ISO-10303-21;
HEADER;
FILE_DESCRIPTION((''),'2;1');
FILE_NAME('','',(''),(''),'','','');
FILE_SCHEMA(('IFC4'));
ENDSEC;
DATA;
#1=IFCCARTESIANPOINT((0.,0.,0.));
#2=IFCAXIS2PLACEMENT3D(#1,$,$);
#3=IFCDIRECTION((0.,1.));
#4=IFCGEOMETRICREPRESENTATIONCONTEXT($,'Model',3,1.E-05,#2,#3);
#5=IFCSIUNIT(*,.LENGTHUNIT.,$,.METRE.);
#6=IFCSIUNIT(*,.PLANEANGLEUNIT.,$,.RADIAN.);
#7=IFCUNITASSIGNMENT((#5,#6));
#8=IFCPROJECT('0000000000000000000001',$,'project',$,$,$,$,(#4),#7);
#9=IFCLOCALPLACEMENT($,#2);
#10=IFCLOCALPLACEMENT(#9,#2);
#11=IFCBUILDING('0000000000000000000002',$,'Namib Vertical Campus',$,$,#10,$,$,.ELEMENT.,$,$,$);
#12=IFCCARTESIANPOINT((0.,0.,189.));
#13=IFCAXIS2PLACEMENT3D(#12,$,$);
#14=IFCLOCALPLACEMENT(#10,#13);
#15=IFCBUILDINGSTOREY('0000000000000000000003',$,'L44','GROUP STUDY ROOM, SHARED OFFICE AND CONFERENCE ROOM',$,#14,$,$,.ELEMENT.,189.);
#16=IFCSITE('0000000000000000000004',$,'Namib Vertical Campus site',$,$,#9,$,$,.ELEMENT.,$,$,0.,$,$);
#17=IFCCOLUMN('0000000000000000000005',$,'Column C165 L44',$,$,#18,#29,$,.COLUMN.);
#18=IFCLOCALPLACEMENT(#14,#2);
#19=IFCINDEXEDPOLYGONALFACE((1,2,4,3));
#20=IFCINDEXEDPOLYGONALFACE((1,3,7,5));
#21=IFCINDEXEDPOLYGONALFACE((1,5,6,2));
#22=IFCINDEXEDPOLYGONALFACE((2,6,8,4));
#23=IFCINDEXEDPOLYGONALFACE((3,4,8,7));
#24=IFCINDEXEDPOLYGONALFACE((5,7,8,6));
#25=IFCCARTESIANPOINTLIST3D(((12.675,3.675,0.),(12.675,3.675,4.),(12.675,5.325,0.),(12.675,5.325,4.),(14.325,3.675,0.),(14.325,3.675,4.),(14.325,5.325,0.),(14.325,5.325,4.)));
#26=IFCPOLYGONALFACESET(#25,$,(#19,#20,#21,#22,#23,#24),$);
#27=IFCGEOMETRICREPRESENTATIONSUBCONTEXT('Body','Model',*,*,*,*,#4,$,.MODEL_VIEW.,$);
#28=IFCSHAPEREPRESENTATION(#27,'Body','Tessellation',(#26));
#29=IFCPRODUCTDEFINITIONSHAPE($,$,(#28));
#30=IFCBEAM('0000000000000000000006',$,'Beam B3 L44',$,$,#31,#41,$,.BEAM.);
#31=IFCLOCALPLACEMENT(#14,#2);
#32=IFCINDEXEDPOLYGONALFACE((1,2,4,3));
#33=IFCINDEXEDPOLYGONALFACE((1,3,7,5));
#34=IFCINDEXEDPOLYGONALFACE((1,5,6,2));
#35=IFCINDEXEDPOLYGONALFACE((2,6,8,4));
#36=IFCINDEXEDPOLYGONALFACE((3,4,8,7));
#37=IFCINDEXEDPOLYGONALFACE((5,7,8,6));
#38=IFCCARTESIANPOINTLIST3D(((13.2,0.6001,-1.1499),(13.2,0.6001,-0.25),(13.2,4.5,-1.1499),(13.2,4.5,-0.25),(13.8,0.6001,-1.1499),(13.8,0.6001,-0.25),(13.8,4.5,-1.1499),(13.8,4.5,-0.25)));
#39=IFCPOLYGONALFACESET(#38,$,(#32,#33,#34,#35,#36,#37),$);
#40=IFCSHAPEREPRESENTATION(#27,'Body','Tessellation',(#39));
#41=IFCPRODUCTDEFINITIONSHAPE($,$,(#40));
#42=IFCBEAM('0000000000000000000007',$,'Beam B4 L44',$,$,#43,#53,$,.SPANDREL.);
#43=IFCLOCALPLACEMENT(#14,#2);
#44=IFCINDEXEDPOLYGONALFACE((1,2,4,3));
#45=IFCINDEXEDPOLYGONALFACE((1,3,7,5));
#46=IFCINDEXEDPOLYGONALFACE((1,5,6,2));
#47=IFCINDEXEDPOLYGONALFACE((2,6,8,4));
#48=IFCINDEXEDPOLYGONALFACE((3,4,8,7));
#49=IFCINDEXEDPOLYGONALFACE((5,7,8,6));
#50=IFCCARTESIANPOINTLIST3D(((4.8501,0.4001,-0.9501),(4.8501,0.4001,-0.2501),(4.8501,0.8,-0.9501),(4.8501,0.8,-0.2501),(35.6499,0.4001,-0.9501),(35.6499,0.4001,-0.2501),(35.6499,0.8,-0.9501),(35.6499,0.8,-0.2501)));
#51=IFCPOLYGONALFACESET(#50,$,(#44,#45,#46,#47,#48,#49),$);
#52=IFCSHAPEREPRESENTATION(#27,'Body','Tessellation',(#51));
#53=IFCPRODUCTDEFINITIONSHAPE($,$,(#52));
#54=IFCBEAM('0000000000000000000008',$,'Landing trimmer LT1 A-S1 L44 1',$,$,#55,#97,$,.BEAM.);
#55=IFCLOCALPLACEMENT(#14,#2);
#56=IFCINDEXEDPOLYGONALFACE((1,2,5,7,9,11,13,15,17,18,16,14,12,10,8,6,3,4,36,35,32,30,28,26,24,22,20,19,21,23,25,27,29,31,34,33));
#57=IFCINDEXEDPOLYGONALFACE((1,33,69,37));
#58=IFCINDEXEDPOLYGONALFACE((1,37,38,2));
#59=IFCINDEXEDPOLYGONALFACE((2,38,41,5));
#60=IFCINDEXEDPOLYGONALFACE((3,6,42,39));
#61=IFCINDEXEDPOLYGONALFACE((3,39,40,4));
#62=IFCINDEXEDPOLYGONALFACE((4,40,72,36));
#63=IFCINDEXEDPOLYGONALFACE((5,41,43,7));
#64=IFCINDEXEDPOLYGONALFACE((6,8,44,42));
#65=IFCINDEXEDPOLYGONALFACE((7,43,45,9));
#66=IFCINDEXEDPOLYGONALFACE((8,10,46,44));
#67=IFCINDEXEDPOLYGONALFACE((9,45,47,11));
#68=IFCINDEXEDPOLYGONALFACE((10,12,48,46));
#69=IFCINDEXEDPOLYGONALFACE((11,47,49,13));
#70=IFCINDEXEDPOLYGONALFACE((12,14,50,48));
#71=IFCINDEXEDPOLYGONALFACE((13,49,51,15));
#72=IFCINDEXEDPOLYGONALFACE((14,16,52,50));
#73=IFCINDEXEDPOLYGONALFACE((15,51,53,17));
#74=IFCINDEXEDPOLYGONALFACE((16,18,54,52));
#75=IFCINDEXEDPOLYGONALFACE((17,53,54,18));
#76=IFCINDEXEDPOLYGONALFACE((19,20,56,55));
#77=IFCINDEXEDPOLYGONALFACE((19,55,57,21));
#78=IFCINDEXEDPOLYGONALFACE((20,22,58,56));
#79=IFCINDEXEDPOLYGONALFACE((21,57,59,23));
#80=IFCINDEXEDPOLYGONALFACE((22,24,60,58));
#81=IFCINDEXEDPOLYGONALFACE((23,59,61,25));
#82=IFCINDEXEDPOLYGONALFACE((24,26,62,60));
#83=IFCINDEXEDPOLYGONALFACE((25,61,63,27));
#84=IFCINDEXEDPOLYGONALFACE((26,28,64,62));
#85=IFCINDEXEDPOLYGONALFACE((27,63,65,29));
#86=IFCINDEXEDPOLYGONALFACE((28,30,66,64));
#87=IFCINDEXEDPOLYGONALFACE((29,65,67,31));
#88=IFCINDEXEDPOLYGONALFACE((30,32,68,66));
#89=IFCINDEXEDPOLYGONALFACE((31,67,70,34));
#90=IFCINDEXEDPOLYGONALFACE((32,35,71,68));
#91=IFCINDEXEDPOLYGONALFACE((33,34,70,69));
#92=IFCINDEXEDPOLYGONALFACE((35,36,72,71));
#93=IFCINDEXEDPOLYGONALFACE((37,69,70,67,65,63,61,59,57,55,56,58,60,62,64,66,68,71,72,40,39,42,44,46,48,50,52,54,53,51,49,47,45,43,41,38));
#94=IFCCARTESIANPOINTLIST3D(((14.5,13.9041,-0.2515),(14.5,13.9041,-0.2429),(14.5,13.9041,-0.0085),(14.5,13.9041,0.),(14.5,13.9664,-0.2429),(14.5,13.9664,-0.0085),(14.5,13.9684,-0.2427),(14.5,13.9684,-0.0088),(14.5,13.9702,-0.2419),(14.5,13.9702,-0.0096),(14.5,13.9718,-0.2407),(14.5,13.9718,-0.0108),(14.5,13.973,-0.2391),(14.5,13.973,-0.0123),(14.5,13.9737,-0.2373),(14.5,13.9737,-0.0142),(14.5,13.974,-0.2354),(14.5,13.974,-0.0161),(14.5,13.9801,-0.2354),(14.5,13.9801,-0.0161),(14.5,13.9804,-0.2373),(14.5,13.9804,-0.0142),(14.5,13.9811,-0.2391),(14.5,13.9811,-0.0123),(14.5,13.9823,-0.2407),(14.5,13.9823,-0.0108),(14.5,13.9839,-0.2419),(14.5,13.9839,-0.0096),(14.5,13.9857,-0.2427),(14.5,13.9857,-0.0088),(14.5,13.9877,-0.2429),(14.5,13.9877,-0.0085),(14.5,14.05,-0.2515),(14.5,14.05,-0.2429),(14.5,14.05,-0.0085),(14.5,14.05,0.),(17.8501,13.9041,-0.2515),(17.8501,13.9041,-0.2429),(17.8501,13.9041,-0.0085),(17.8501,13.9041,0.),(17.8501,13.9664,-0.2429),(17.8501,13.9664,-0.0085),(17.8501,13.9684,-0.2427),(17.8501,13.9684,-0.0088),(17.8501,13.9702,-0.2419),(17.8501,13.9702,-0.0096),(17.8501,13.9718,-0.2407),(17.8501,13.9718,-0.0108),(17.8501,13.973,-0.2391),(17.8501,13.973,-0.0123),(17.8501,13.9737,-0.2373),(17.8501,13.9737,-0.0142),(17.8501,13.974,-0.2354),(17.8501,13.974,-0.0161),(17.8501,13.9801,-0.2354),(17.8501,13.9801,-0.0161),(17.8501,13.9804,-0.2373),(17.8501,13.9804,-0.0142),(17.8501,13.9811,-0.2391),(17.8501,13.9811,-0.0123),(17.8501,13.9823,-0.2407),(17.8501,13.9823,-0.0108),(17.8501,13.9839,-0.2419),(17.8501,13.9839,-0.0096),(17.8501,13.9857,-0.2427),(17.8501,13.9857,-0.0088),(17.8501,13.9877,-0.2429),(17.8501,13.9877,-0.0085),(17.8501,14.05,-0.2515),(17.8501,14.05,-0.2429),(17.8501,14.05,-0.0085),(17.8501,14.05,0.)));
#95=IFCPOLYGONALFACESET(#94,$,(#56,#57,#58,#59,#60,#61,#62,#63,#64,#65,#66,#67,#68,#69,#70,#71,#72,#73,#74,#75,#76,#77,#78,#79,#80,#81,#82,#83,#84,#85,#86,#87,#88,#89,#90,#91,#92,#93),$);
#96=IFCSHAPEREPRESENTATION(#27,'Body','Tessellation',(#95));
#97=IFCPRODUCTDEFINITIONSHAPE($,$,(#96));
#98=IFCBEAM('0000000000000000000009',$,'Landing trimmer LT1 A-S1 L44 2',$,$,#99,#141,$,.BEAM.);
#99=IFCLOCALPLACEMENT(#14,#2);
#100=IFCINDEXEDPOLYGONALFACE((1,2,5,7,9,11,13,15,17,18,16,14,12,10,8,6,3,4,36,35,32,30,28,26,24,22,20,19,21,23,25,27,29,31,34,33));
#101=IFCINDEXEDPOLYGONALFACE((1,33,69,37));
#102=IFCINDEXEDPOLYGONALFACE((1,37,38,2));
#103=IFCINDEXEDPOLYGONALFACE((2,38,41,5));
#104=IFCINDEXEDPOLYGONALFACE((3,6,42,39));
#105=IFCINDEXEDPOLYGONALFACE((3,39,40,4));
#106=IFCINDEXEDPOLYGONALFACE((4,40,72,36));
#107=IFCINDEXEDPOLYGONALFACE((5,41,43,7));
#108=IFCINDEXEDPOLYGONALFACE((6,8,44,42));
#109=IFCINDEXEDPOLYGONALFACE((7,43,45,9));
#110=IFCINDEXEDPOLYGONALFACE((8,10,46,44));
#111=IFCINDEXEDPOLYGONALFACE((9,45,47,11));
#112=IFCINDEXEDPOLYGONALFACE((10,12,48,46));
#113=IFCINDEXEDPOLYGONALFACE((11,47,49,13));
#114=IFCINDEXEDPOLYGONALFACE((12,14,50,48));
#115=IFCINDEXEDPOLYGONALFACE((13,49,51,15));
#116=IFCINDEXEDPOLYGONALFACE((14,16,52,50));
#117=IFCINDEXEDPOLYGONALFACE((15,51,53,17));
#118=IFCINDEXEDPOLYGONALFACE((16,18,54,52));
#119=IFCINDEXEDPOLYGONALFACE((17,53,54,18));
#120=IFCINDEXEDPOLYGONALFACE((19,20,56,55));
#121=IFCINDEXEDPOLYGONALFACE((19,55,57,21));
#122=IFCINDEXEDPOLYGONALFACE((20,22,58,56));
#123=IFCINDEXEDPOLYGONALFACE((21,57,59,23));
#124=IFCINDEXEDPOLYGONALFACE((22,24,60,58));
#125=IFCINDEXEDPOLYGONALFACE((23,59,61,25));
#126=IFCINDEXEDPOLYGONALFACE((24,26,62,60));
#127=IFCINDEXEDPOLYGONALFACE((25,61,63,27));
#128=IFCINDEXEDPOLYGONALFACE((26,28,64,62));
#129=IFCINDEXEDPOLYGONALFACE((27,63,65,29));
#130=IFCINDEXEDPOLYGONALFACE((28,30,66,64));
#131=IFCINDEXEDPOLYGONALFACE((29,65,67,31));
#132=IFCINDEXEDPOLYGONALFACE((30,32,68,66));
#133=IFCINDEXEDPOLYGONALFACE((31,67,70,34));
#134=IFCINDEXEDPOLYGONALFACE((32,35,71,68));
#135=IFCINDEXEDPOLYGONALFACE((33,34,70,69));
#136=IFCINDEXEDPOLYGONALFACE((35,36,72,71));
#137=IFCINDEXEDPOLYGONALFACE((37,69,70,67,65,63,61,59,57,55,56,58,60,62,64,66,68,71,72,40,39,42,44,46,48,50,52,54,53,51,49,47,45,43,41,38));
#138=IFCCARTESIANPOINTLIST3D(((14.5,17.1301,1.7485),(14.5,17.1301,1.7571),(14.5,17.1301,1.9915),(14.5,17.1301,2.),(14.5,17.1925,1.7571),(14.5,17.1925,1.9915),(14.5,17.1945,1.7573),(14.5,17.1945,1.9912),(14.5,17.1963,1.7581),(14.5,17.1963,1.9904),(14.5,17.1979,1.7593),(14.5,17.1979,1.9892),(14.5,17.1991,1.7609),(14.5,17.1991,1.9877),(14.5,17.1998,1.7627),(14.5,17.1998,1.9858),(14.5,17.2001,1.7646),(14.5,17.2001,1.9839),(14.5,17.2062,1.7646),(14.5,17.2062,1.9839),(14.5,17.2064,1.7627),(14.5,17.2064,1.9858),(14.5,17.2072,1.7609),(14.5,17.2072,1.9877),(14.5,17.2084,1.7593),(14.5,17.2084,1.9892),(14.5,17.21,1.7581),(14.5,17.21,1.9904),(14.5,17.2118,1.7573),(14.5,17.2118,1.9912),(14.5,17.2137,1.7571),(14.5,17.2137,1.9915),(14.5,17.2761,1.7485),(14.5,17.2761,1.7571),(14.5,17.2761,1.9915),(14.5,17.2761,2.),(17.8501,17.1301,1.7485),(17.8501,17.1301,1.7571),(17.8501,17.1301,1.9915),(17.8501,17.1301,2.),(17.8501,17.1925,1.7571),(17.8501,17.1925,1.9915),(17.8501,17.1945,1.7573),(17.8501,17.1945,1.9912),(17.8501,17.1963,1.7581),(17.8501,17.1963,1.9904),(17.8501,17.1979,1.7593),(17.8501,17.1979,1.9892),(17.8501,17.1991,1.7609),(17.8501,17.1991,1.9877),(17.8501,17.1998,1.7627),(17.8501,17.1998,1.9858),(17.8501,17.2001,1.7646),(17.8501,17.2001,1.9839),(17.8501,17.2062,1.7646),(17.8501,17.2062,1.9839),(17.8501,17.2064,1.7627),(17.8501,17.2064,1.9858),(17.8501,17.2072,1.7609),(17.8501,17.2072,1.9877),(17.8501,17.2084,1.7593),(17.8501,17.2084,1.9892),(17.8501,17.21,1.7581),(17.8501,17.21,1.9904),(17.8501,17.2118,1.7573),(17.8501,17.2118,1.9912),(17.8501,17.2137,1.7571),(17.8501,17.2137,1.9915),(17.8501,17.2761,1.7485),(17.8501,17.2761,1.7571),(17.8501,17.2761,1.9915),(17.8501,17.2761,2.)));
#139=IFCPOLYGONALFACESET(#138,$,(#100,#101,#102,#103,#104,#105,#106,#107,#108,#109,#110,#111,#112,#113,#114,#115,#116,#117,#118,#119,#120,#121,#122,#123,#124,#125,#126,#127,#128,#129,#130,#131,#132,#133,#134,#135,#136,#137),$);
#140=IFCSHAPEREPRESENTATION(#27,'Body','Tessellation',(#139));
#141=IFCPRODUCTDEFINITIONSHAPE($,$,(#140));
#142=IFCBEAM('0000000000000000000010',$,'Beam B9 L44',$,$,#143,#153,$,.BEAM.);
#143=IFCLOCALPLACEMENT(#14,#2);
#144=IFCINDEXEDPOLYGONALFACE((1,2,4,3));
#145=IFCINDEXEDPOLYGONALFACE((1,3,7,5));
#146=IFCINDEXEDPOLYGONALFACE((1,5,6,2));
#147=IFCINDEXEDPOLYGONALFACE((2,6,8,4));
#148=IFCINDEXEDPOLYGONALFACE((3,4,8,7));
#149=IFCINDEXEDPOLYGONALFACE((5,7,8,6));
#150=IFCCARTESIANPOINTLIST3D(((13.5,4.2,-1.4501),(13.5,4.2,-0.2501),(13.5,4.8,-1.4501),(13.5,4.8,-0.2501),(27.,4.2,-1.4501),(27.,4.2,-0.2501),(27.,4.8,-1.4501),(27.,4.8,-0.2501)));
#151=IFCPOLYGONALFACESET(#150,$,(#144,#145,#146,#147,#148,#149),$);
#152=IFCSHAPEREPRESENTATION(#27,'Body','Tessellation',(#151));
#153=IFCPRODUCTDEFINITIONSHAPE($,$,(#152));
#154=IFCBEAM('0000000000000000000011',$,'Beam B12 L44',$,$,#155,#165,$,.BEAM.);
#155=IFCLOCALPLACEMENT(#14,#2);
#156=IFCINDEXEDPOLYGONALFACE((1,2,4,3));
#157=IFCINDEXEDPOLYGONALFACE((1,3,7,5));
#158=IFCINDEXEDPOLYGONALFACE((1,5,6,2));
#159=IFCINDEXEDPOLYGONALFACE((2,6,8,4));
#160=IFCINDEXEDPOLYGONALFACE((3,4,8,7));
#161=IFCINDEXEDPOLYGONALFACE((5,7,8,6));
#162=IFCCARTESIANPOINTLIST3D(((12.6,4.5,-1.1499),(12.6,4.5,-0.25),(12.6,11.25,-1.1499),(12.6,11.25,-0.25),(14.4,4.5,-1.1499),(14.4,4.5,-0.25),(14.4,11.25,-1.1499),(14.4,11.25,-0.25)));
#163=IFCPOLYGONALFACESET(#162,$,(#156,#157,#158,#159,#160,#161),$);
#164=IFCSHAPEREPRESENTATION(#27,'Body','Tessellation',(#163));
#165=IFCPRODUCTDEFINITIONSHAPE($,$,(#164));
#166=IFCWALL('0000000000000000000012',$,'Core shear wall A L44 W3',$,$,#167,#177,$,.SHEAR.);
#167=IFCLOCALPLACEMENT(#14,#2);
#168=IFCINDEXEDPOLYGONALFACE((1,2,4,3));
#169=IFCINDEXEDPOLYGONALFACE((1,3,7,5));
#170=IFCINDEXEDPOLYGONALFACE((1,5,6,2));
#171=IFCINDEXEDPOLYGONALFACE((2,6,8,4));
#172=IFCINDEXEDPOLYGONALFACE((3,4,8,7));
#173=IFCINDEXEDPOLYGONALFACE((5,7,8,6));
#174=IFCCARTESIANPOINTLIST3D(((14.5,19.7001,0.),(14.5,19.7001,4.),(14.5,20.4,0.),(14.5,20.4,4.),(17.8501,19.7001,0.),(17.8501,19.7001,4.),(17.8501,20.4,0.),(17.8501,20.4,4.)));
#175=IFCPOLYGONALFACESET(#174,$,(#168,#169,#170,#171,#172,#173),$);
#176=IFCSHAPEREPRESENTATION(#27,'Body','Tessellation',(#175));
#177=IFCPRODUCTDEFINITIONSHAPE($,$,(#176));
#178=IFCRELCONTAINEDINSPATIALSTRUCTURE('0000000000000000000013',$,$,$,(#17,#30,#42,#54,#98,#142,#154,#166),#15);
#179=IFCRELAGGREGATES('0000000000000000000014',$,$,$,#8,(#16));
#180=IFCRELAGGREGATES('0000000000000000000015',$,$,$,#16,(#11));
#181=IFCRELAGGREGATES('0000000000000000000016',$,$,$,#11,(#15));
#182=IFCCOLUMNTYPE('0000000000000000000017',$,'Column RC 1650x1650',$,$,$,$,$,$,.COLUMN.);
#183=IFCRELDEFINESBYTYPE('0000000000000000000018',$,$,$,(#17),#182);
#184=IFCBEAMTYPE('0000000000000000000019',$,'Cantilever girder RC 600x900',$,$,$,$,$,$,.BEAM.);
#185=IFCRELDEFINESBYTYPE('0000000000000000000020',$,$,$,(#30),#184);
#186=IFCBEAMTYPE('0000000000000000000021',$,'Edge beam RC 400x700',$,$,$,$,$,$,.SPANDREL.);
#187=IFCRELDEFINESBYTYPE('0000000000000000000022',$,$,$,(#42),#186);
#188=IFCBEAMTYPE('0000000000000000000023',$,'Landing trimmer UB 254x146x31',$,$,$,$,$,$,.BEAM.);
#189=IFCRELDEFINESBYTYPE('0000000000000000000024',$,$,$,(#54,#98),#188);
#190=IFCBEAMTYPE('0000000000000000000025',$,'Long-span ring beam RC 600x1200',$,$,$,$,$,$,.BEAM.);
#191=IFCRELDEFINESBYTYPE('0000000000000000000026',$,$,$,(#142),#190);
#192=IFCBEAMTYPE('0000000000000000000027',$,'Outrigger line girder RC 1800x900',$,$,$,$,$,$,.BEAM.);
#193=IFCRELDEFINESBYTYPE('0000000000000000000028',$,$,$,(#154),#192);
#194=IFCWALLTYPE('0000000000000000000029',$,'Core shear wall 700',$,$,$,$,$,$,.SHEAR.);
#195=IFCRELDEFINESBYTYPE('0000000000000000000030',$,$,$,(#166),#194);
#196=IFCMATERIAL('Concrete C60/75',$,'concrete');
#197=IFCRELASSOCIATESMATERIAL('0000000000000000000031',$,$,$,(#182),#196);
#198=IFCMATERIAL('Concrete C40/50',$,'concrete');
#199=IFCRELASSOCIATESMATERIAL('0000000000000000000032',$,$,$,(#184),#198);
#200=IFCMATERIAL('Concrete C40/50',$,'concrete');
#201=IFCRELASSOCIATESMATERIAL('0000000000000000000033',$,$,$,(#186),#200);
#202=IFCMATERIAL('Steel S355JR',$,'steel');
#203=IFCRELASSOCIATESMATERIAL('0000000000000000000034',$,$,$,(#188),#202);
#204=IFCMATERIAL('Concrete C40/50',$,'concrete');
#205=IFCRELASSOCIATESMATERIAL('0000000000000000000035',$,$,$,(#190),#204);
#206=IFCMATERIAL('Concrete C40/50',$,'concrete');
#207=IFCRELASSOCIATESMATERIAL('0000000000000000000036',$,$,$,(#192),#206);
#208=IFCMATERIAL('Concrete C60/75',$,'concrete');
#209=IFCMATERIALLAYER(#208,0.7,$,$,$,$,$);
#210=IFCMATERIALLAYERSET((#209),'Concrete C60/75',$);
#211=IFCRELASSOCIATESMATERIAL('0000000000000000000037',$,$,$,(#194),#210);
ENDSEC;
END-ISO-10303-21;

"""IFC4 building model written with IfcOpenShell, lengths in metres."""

from ifc_helpers import new_model, si_unit, direction, frame, frame_2d, origin, origin_2d, place, context, subcontext, project, spatial, rectangle, i_section, extrude, material, layer, layer_set, material_profile, profile_set, type_object, element, save


model = new_model("IFC4")

# Units and contexts
model_context = context("Model", 3, precision=1e-05, world=origin(), true_north=direction((0.0, 1.0)))
body_context = subcontext(model_context, "Body", "Model", "MODEL_VIEW")
ifc_project = project(units=[si_unit("LENGTHUNIT", "METRE"), si_unit("PLANEANGLEUNIT", "RADIAN")], contexts=[model_context])

# Site, building, storey
site_placement = place(None, origin())
site = spatial("IfcSite", under=ifc_project, at=site_placement, Name="Namib Vertical Campus site", CompositionType="ELEMENT", RefElevation=0.0)
building_placement = place(site_placement, origin())
building = spatial("IfcBuilding", under=site, at=building_placement, Name="Namib Vertical Campus", CompositionType="ELEMENT")
storey_placement = place(building_placement, frame((0.0, 0.0, 189.0)))
storey = spatial("IfcBuildingStorey", under=building, at=storey_placement, Name="L44", Description="GROUP STUDY ROOM, SHARED OFFICE AND CONFERENCE ROOM", CompositionType="ELEMENT", Elevation=189.0)

# Column
ifc_material_1 = material(Name="Concrete C60/75", Category="concrete")
ifc_material_profile_1 = material_profile(ifc_material_1, rectangle(XDim=1.6499, YDim=1.6499, at=origin_2d()))
ifc_profile_set_1 = profile_set([ifc_material_profile_1], Name="Concrete C60/75")
column_type = type_object("IfcColumnType", Name="Column RC 1650x1650", PredefinedType="COLUMN", material=ifc_profile_set_1)
column_placement = place(storey_placement, frame((13.5, 4.5, 0.0), z_axis=(0.0, 0.0, 1.0), x_axis=(1.0, 0.0, 0.0)))
element("IfcColumn", 1, at=column_placement, inside=storey, type_object=column_type, Name="Column C165 L44", PredefinedType="COLUMN", context=body_context, shape_type="SweptSolid", body=[
    extrude(rectangle(XDim=1.6499, YDim=1.6499, at=origin_2d()), origin(), (0.0, 0.0, 1.0), 4.0),
])

# Beams
ifc_material_2 = material(Name="Concrete C40/50", Category="concrete")
ifc_material_profile_2 = material_profile(ifc_material_2, rectangle(XDim=0.6001, YDim=0.8999, at=origin_2d()))
ifc_profile_set_2 = profile_set([ifc_material_profile_2], Name="Concrete C40/50")
beam_type_1 = type_object("IfcBeamType", Name="Cantilever girder RC 600x900", PredefinedType="BEAM", material=ifc_profile_set_2)
beam_1_placement = place(storey_placement, frame((13.5, 4.5, -0.7), z_axis=(0.0, -1.0, 0.0), x_axis=(1.0, 0.0, 0.0)))
element("IfcBeam", 2, at=beam_1_placement, inside=storey, type_object=beam_type_1, Name="Beam B3 L44", PredefinedType="BEAM", context=body_context, shape_type="SweptSolid", body=[
    extrude(rectangle(XDim=0.6001, YDim=0.8999, at=origin_2d()), origin(), (0.0, 0.0, 1.0), 3.8999),
])
ifc_material_3 = material(Name="Concrete C40/50", Category="concrete")
ifc_material_profile_3 = material_profile(ifc_material_3, rectangle(XDim=0.3999, YDim=0.7, at=origin_2d()))
ifc_profile_set_3 = profile_set([ifc_material_profile_3], Name="Concrete C40/50")
beam_type_2 = type_object("IfcBeamType", Name="Edge beam RC 400x700", PredefinedType="SPANDREL", material=ifc_profile_set_3)
beam_2_placement = place(storey_placement, frame((4.8501, 0.6001, -0.6001), z_axis=(1.0, 0.0, 0.0), x_axis=(0.0, 1.0, 0.0)))
element("IfcBeam", 3, at=beam_2_placement, inside=storey, type_object=beam_type_2, Name="Beam B4 L44", PredefinedType="SPANDREL", context=body_context, shape_type="SweptSolid", body=[
    extrude(rectangle(XDim=0.3999, YDim=0.7, at=origin_2d()), origin(), (0.0, 0.0, 1.0), 30.7998),
])
ifc_material_4 = material(Name="Steel S355JR", Category="steel")
ifc_material_profile_4 = material_profile(ifc_material_4, i_section(OverallWidth=0.146, OverallDepth=0.2515, WebThickness=0.0061, FlangeThickness=0.0085, FilletRadius=0.0076, at=origin_2d()))
ifc_profile_set_4 = profile_set([ifc_material_profile_4], Name="Steel S355JR")
beam_type_3 = type_object("IfcBeamType", Name="Landing trimmer UB 254x146x31", PredefinedType="BEAM", material=ifc_profile_set_4)
for number, where, z_axis, x_axis, name in (
    (4, (14.5, 13.9771, -0.1257), (1.0, 0.0, 0.0), (0.0, 1.0, 0.0), "Landing trimmer LT1 A-S1 L44 1"),
    (5, (14.5, 17.2031, 1.8743), (1.0, 0.0, 0.0), (0.0, 1.0, 0.0), "Landing trimmer LT1 A-S1 L44 2"),
):
    element("IfcBeam", number, at=place(storey_placement, frame(where, z_axis=z_axis, x_axis=x_axis)), inside=storey, type_object=beam_type_3, Name=name, PredefinedType="BEAM", context=body_context, shape_type="SweptSolid", body=[
        extrude(i_section(OverallWidth=0.146, OverallDepth=0.2515, WebThickness=0.0061, FlangeThickness=0.0085, FilletRadius=0.0076, at=origin_2d()), origin(), (0.0, 0.0, 1.0), 3.3501),
    ])
ifc_material_5 = material(Name="Concrete C40/50", Category="concrete")
ifc_material_profile_5 = material_profile(ifc_material_5, rectangle(XDim=0.6001, YDim=1.2, at=origin_2d()))
ifc_profile_set_5 = profile_set([ifc_material_profile_5], Name="Concrete C40/50")
beam_type_4 = type_object("IfcBeamType", Name="Long-span ring beam RC 600x1200", PredefinedType="BEAM", material=ifc_profile_set_5)
beam_3_placement = place(storey_placement, frame((13.5, 4.5, -0.8501), z_axis=(1.0, 0.0, 0.0), x_axis=(0.0, 1.0, 0.0)))
element("IfcBeam", 6, at=beam_3_placement, inside=storey, type_object=beam_type_4, Name="Beam B9 L44", PredefinedType="BEAM", context=body_context, shape_type="SweptSolid", body=[
    extrude(rectangle(XDim=0.6001, YDim=1.2, at=origin_2d()), origin(), (0.0, 0.0, 1.0), 13.5),
])
ifc_material_6 = material(Name="Concrete C40/50", Category="concrete")
ifc_material_profile_6 = material_profile(ifc_material_6, rectangle(XDim=1.8, YDim=0.8999, at=origin_2d()))
ifc_profile_set_6 = profile_set([ifc_material_profile_6], Name="Concrete C40/50")
beam_type_5 = type_object("IfcBeamType", Name="Outrigger line girder RC 1800x900", PredefinedType="BEAM", material=ifc_profile_set_6)
beam_4_placement = place(storey_placement, frame((13.5, 4.5, -0.7), z_axis=(0.0, 1.0, 0.0), x_axis=(-1.0, 0.0, 0.0)))
element("IfcBeam", 7, at=beam_4_placement, inside=storey, type_object=beam_type_5, Name="Beam B12 L44", PredefinedType="BEAM", context=body_context, shape_type="SweptSolid", body=[
    extrude(rectangle(XDim=1.8, YDim=0.8999, at=origin_2d()), origin(), (0.0, 0.0, 1.0), 6.75),
])

# Wall
ifc_material_7 = material(Name="Concrete C60/75", Category="concrete")
ifc_layer_1 = layer(ifc_material_7, 0.7)
ifc_layer_set_1 = layer_set([ifc_layer_1], Name="Concrete C60/75")
wall_type_1 = type_object("IfcWallType", Name="Core shear wall 700", PredefinedType="SHEAR", material=ifc_layer_set_1)
wall_1_placement = place(storey_placement, frame((14.5, 20.05, 0.0), z_axis=(0.0, 0.0, 1.0), x_axis=(1.0, 0.0, 0.0)))
element("IfcWall", 8, at=wall_1_placement, inside=storey, type_object=wall_type_1, Name="Core shear wall A L44 W3", PredefinedType="SHEAR", context=body_context, shape_type="SweptSolid", body=[
    extrude(rectangle(XDim=3.3501, YDim=0.7, at=frame_2d((1.675, 0.0))), origin(), (0.0, 0.0, 1.0), 4.0),
])

save(model, "model.ifc")
